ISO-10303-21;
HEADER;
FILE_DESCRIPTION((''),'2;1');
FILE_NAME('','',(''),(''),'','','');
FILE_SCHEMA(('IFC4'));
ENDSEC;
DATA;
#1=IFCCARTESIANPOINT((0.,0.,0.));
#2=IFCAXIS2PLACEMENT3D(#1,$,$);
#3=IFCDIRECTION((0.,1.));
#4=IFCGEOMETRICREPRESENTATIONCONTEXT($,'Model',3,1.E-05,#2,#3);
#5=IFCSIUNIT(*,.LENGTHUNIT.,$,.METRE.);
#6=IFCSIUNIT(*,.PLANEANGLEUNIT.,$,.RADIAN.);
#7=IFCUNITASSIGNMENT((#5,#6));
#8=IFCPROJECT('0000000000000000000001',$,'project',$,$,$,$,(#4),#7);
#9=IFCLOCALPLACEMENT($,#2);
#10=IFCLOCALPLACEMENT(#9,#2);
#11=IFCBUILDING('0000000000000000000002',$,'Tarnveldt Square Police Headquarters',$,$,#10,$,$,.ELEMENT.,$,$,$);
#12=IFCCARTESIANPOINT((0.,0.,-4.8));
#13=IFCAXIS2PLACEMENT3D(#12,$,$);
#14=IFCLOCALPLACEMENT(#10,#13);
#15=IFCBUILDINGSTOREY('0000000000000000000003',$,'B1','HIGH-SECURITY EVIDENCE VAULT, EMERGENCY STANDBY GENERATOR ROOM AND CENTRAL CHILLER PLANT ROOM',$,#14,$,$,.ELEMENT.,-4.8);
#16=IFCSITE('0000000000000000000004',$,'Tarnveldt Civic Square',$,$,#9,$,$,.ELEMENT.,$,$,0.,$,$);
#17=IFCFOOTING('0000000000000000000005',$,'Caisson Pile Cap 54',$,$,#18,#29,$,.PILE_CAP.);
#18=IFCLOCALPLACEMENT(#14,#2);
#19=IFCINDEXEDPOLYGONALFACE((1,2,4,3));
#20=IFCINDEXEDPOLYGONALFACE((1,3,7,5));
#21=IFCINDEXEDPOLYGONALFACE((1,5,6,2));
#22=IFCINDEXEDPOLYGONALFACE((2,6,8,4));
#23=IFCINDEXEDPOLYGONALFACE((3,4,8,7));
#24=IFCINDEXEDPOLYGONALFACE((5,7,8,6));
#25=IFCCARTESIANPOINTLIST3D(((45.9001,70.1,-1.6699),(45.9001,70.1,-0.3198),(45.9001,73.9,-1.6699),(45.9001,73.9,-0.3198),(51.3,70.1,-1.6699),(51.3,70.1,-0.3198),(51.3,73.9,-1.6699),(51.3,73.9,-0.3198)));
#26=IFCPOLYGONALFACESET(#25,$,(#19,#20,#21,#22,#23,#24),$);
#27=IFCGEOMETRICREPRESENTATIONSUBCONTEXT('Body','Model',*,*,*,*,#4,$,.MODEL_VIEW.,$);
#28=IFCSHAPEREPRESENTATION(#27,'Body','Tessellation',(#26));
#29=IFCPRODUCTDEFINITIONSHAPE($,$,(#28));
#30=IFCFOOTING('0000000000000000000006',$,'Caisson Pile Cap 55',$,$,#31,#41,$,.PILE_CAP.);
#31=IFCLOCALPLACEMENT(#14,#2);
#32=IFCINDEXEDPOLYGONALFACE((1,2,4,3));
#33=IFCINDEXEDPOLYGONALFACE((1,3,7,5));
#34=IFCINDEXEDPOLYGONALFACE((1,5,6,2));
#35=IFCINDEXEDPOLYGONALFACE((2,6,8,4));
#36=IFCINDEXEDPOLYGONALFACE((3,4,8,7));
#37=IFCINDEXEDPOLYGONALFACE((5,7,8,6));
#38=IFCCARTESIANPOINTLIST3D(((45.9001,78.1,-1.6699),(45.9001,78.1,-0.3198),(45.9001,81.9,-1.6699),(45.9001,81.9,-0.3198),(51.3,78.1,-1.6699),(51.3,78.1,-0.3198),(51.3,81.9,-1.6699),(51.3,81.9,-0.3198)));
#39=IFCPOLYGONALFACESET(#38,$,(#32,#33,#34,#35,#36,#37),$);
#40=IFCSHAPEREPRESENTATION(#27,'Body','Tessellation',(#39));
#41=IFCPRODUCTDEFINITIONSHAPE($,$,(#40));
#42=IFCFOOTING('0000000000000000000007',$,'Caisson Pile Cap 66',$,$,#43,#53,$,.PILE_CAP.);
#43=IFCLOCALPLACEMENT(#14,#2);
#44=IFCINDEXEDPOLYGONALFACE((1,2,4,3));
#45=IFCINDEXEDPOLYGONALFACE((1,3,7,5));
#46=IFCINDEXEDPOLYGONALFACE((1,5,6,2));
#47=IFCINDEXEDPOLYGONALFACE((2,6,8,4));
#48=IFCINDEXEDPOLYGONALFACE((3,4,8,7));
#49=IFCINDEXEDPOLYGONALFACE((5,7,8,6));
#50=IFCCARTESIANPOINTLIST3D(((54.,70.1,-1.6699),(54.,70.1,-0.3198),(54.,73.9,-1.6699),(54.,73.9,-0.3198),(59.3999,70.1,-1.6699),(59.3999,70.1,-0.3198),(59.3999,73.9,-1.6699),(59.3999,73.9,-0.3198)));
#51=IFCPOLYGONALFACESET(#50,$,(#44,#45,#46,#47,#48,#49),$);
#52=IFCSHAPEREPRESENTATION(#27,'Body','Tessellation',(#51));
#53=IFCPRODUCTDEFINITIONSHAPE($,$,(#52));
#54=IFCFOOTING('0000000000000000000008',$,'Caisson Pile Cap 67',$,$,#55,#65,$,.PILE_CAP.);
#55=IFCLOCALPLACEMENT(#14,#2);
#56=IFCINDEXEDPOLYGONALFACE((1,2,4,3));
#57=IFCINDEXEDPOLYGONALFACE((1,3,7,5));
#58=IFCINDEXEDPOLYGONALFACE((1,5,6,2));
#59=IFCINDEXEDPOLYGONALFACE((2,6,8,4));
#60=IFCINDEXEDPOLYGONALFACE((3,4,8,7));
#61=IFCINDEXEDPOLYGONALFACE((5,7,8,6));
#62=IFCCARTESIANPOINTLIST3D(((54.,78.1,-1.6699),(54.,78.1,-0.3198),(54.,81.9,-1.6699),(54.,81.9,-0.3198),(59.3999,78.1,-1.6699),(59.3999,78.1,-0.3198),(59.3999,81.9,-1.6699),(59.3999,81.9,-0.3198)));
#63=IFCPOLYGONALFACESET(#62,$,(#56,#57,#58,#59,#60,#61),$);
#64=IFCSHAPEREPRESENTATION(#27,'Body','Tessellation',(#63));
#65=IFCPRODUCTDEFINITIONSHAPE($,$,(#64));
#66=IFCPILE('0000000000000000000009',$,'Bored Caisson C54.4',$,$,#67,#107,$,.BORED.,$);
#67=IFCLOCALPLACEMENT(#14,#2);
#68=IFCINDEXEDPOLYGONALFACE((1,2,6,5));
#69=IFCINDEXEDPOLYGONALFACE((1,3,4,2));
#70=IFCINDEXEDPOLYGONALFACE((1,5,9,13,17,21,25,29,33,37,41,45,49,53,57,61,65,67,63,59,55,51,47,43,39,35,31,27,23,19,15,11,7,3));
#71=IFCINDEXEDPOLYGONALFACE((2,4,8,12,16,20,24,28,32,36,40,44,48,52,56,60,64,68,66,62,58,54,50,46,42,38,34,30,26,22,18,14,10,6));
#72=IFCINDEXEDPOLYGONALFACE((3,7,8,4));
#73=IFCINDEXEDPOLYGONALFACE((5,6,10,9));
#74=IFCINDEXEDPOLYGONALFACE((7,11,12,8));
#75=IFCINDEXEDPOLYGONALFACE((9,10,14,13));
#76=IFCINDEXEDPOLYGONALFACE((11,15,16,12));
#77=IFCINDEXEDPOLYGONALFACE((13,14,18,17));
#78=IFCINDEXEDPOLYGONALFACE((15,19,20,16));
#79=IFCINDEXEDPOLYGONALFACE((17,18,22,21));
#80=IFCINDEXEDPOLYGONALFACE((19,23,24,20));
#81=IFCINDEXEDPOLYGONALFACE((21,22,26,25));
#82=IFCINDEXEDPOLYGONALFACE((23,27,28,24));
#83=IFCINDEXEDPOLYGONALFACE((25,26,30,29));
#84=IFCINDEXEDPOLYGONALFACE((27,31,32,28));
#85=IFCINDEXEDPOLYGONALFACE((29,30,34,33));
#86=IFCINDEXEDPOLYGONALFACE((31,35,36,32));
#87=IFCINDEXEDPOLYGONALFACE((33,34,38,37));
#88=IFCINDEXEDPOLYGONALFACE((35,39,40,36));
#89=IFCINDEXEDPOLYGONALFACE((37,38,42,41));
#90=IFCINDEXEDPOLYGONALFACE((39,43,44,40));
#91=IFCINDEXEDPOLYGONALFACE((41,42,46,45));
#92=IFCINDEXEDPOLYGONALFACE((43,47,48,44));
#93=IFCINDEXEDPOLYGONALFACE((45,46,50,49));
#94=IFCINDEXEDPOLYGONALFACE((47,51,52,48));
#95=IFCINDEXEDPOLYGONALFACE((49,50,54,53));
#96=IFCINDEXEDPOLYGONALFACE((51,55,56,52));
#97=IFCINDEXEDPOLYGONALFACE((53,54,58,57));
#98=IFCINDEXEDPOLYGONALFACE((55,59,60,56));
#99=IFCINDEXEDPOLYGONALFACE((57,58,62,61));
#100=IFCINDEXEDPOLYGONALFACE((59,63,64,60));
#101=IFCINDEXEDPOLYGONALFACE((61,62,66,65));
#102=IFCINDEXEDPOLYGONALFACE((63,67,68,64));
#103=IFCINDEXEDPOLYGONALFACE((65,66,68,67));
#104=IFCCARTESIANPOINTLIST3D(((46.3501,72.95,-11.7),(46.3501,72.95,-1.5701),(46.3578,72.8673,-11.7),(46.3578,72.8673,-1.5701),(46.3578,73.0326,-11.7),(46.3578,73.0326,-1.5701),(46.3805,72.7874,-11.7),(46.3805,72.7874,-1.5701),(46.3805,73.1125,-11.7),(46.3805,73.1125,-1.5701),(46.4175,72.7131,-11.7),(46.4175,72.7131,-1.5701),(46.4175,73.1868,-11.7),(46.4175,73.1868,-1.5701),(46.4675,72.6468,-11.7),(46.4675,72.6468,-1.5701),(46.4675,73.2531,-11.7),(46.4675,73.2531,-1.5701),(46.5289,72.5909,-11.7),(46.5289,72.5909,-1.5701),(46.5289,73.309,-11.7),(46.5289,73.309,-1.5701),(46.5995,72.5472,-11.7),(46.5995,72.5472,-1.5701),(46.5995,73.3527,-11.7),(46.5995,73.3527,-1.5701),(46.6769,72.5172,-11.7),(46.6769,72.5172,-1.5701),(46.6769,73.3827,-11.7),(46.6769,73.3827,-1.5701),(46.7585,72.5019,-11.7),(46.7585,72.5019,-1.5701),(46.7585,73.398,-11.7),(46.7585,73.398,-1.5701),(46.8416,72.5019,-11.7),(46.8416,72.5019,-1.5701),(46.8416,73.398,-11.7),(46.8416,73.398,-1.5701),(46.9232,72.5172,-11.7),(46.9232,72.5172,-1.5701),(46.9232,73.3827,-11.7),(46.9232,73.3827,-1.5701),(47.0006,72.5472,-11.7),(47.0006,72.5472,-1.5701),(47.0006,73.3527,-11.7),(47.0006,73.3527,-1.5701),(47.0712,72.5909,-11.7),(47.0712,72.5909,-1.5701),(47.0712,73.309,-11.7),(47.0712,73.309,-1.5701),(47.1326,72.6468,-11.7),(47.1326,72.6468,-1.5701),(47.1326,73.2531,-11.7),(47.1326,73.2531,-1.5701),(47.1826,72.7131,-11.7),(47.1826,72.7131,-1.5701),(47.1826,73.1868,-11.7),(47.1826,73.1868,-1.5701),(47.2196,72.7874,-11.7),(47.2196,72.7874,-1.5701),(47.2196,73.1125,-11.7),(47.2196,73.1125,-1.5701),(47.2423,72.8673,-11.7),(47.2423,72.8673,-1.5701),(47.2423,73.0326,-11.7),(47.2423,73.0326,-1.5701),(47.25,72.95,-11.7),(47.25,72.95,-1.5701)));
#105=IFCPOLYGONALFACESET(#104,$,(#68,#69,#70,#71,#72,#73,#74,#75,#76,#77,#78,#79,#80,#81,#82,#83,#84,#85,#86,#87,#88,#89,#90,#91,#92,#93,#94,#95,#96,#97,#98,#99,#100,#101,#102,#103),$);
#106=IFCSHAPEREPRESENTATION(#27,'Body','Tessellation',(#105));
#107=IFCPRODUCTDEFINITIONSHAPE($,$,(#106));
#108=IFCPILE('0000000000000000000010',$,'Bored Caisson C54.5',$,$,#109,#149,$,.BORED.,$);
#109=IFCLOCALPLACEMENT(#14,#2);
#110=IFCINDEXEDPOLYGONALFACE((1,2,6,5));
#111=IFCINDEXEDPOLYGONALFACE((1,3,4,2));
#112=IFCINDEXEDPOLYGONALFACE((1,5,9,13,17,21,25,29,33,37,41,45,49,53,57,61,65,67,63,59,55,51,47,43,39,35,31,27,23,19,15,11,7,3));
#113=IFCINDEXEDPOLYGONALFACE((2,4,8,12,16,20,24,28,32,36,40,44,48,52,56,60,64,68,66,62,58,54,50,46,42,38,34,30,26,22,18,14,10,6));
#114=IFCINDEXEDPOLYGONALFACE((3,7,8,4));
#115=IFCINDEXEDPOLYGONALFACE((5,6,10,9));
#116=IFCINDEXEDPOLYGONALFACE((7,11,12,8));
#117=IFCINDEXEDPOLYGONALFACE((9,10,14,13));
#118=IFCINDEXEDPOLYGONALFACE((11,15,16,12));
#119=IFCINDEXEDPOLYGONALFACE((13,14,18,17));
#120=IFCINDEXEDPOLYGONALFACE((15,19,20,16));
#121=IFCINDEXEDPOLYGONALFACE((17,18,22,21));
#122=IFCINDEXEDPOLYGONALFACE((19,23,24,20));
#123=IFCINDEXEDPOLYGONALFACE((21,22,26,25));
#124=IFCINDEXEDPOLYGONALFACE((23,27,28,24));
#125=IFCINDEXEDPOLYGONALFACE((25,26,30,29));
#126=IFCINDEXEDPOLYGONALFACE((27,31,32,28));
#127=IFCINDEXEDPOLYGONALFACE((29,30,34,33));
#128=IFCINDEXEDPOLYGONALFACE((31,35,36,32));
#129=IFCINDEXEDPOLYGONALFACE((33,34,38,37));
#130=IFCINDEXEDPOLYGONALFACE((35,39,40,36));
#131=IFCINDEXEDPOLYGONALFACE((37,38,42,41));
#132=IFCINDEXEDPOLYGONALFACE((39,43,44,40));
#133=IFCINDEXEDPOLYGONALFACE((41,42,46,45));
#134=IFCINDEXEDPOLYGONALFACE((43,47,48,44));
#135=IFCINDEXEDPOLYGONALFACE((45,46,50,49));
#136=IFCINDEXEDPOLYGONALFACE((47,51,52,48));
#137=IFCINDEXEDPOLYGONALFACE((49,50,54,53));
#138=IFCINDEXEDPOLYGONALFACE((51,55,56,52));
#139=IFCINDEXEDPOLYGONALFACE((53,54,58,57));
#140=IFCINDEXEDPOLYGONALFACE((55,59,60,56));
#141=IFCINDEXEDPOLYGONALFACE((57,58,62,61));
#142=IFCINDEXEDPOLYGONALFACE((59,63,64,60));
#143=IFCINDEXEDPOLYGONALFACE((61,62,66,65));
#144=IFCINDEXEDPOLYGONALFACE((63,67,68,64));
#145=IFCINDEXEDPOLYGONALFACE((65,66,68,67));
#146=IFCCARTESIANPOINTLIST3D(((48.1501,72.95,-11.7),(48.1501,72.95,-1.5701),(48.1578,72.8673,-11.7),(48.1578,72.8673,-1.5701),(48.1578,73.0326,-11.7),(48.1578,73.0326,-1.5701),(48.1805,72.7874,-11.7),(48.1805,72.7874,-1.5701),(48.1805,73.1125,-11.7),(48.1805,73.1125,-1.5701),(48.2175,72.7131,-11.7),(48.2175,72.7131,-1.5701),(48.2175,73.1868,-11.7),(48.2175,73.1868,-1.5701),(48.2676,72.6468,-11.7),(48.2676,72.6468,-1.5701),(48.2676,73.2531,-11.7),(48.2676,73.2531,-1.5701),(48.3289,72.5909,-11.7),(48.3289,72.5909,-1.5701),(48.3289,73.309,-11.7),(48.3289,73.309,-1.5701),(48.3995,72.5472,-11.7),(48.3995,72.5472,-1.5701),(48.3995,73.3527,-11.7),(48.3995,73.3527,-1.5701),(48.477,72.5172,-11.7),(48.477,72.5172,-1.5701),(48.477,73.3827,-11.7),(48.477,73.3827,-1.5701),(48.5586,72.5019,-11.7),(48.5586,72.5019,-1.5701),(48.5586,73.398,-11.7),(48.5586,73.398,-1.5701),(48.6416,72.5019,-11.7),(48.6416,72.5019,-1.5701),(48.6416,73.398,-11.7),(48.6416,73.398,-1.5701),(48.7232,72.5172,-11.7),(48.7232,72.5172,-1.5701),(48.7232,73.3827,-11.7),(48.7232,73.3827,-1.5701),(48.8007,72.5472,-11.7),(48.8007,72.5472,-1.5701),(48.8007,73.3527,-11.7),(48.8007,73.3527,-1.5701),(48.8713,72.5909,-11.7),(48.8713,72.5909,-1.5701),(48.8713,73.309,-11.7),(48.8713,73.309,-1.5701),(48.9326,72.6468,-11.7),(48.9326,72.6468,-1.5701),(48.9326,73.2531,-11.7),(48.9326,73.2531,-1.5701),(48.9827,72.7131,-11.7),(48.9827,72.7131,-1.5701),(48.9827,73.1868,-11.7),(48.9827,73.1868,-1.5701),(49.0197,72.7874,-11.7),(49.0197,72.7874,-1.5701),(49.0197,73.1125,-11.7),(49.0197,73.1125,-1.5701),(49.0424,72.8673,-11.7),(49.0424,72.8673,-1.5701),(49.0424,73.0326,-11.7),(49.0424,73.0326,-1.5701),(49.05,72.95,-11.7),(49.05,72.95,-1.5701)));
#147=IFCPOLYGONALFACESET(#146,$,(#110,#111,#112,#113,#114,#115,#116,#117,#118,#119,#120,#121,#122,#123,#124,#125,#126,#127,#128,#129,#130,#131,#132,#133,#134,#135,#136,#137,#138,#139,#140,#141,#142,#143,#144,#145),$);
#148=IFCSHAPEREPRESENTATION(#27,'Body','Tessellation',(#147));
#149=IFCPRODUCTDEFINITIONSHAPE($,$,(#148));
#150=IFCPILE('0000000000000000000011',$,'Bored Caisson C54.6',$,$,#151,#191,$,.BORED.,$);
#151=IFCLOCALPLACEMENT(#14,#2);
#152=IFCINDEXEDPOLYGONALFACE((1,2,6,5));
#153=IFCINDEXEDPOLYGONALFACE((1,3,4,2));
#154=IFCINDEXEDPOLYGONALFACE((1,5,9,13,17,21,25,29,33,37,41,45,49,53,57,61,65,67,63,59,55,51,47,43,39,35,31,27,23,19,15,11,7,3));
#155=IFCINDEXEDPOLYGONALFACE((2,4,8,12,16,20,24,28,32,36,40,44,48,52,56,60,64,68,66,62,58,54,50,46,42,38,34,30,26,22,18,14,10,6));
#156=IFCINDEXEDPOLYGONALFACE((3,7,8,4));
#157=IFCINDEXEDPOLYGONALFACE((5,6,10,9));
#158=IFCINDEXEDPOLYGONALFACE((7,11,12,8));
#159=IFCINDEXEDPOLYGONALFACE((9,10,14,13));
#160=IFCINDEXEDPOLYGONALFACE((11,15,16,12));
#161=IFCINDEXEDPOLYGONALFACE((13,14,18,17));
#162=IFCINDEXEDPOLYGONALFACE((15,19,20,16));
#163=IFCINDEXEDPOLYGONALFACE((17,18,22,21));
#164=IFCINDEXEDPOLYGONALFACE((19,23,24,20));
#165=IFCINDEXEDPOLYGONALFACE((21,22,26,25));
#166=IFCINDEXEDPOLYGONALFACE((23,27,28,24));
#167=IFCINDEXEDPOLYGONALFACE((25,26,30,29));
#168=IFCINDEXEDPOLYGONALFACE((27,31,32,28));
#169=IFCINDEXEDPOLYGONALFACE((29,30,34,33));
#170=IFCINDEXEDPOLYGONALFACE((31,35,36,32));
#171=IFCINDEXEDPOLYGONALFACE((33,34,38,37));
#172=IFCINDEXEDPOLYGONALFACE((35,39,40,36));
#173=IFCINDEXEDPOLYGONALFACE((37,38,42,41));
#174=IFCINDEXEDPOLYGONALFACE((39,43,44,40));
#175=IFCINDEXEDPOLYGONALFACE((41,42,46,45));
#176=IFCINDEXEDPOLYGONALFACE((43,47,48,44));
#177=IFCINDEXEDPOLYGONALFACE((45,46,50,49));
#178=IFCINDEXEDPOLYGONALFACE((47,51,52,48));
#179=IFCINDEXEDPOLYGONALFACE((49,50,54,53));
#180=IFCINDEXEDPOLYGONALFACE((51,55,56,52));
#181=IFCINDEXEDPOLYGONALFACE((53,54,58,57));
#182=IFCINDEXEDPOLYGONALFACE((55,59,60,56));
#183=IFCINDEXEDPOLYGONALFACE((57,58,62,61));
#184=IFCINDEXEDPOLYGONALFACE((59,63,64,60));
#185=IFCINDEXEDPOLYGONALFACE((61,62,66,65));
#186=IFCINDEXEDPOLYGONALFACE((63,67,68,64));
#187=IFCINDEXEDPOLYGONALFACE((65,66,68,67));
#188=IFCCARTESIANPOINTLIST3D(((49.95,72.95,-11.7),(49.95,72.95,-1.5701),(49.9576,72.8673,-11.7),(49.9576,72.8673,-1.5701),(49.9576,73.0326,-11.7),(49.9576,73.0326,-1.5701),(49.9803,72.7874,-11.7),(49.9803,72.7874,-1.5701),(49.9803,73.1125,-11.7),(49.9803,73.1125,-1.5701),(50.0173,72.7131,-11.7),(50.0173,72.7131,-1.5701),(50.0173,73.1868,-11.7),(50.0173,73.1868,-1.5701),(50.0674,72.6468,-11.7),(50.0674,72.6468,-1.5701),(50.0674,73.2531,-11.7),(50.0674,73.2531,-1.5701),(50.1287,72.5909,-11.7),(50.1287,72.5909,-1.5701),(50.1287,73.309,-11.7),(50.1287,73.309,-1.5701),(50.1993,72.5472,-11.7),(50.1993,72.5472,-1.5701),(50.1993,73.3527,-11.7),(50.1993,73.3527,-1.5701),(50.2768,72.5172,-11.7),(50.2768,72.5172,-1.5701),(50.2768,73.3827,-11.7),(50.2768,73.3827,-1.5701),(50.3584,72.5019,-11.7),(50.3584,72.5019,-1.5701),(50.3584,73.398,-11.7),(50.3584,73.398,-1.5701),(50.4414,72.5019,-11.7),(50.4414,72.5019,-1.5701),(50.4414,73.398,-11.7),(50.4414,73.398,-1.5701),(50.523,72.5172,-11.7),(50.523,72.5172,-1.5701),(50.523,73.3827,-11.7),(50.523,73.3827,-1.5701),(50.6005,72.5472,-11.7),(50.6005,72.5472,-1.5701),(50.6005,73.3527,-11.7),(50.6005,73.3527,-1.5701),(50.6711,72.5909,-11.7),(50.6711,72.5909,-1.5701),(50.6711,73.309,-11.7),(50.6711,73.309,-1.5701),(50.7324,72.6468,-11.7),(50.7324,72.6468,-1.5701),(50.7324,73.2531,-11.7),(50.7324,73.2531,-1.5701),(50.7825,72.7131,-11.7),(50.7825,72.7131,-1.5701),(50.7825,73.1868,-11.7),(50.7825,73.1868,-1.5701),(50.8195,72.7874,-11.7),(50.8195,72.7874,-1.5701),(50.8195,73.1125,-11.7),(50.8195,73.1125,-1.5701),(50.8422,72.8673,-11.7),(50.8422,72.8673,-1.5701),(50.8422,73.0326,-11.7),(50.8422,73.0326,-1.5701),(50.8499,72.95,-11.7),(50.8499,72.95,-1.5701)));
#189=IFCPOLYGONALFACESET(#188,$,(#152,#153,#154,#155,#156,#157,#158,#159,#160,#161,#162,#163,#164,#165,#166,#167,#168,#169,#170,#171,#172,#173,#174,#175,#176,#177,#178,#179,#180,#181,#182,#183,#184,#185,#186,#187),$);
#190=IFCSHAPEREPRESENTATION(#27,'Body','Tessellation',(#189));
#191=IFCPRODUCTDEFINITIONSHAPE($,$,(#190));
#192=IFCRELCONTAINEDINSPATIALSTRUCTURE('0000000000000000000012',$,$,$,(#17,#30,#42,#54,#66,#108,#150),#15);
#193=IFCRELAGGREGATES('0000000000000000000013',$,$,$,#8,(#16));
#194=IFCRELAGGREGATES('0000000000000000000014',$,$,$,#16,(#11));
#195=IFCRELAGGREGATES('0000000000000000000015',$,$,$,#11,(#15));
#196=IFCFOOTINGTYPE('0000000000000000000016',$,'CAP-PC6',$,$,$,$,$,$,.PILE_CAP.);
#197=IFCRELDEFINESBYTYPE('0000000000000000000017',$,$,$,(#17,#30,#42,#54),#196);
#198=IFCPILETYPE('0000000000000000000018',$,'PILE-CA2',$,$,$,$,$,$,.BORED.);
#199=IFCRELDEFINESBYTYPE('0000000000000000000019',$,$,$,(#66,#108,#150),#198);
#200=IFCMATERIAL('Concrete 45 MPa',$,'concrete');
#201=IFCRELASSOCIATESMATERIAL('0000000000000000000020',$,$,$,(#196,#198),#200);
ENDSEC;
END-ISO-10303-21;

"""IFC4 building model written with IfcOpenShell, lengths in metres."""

from ifc_helpers import new_model, si_unit, direction, frame, origin, origin_2d, place, context, subcontext, project, spatial, rectangle, circle, extrude, material, material_profile, profile_set, type_object, element, save


model = new_model("IFC4")

# Units and contexts
model_context = context("Model", 3, precision=1e-05, world=origin(), true_north=direction((0.0, 1.0)))
body_context = subcontext(model_context, "Body", "Model", "MODEL_VIEW")
ifc_project = project(units=[si_unit("LENGTHUNIT", "METRE"), si_unit("PLANEANGLEUNIT", "RADIAN")], contexts=[model_context])

# Site, building, storey
site_placement = place(None, origin())
site = spatial("IfcSite", under=ifc_project, at=site_placement, Name="Tarnveldt Civic Square", CompositionType="ELEMENT", RefElevation=0.0)
building_placement = place(site_placement, origin())
building = spatial("IfcBuilding", under=site, at=building_placement, Name="Tarnveldt Square Police Headquarters", CompositionType="ELEMENT")
storey_placement = place(building_placement, frame((0.0, 0.0, -4.8)))
storey = spatial("IfcBuildingStorey", under=building, at=storey_placement, Name="B1", Description="HIGH-SECURITY EVIDENCE VAULT, EMERGENCY STANDBY GENERATOR ROOM AND CENTRAL CHILLER PLANT ROOM", CompositionType="ELEMENT", Elevation=-4.8)

# Footings
ifc_material_1 = material(Name="Concrete 45 MPa", Category="concrete")
footing_type = type_object("IfcFootingType", Name="CAP-PC6", PredefinedType="PILE_CAP", material=ifc_material_1)
for number, where, z_axis, x_axis, name in (
    (1, (48.6001, 72.0, -1.6699), (0.0, 0.0, 1.0), (1.0, 0.0, 0.0), "Caisson Pile Cap 54"),
    (2, (48.6001, 80.0, -1.6699), (0.0, 0.0, 1.0), (1.0, 0.0, 0.0), "Caisson Pile Cap 55"),
    (3, (56.7, 72.0, -1.6699), (0.0, 0.0, 1.0), (1.0, 0.0, 0.0), "Caisson Pile Cap 66"),
    (4, (56.7, 80.0, -1.6699), (0.0, 0.0, 1.0), (1.0, 0.0, 0.0), "Caisson Pile Cap 67"),
):
    element("IfcFooting", number, at=place(storey_placement, frame(where, z_axis=z_axis, x_axis=x_axis)), inside=storey, type_object=footing_type, Name=name, PredefinedType="PILE_CAP", context=body_context, shape_type="SweptSolid", body=[
        extrude(rectangle(XDim=5.3999, YDim=3.8, at=origin_2d()), origin(), (0.0, 0.0, 1.0), 1.3501),
    ])

# Piles
ifc_material_profile_1 = material_profile(ifc_material_1, circle(Radius=0.45, at=origin_2d()), Name="CAISSON-D900")
ifc_profile_set_1 = profile_set([ifc_material_profile_1], Name="Concrete 45 MPa")
pile_type = type_object("IfcPileType", Name="PILE-CA2", PredefinedType="BORED", material=ifc_profile_set_1)
for number, where, z_axis, x_axis, name in (
    (5, (46.8, 72.95, -1.5701), (0.0, 0.0, -1.0), (1.0, 0.0, 0.0), "Bored Caisson C54.4"),
    (6, (48.6001, 72.95, -1.5701), (0.0, 0.0, -1.0), (1.0, 0.0, 0.0), "Bored Caisson C54.5"),
    (7, (50.3999, 72.95, -1.5701), (0.0, 0.0, -1.0), (1.0, 0.0, 0.0), "Bored Caisson C54.6"),
):
    element("IfcPile", number, at=place(storey_placement, frame(where, z_axis=z_axis, x_axis=x_axis)), inside=storey, type_object=pile_type, Name=name, PredefinedType="BORED", context=body_context, shape_type="SweptSolid", body=[
        extrude(circle(Radius=0.45, at=origin_2d()), origin(), (0.0, 0.0, 1.0), 10.1299),
    ])

save(model, "model.ifc")
